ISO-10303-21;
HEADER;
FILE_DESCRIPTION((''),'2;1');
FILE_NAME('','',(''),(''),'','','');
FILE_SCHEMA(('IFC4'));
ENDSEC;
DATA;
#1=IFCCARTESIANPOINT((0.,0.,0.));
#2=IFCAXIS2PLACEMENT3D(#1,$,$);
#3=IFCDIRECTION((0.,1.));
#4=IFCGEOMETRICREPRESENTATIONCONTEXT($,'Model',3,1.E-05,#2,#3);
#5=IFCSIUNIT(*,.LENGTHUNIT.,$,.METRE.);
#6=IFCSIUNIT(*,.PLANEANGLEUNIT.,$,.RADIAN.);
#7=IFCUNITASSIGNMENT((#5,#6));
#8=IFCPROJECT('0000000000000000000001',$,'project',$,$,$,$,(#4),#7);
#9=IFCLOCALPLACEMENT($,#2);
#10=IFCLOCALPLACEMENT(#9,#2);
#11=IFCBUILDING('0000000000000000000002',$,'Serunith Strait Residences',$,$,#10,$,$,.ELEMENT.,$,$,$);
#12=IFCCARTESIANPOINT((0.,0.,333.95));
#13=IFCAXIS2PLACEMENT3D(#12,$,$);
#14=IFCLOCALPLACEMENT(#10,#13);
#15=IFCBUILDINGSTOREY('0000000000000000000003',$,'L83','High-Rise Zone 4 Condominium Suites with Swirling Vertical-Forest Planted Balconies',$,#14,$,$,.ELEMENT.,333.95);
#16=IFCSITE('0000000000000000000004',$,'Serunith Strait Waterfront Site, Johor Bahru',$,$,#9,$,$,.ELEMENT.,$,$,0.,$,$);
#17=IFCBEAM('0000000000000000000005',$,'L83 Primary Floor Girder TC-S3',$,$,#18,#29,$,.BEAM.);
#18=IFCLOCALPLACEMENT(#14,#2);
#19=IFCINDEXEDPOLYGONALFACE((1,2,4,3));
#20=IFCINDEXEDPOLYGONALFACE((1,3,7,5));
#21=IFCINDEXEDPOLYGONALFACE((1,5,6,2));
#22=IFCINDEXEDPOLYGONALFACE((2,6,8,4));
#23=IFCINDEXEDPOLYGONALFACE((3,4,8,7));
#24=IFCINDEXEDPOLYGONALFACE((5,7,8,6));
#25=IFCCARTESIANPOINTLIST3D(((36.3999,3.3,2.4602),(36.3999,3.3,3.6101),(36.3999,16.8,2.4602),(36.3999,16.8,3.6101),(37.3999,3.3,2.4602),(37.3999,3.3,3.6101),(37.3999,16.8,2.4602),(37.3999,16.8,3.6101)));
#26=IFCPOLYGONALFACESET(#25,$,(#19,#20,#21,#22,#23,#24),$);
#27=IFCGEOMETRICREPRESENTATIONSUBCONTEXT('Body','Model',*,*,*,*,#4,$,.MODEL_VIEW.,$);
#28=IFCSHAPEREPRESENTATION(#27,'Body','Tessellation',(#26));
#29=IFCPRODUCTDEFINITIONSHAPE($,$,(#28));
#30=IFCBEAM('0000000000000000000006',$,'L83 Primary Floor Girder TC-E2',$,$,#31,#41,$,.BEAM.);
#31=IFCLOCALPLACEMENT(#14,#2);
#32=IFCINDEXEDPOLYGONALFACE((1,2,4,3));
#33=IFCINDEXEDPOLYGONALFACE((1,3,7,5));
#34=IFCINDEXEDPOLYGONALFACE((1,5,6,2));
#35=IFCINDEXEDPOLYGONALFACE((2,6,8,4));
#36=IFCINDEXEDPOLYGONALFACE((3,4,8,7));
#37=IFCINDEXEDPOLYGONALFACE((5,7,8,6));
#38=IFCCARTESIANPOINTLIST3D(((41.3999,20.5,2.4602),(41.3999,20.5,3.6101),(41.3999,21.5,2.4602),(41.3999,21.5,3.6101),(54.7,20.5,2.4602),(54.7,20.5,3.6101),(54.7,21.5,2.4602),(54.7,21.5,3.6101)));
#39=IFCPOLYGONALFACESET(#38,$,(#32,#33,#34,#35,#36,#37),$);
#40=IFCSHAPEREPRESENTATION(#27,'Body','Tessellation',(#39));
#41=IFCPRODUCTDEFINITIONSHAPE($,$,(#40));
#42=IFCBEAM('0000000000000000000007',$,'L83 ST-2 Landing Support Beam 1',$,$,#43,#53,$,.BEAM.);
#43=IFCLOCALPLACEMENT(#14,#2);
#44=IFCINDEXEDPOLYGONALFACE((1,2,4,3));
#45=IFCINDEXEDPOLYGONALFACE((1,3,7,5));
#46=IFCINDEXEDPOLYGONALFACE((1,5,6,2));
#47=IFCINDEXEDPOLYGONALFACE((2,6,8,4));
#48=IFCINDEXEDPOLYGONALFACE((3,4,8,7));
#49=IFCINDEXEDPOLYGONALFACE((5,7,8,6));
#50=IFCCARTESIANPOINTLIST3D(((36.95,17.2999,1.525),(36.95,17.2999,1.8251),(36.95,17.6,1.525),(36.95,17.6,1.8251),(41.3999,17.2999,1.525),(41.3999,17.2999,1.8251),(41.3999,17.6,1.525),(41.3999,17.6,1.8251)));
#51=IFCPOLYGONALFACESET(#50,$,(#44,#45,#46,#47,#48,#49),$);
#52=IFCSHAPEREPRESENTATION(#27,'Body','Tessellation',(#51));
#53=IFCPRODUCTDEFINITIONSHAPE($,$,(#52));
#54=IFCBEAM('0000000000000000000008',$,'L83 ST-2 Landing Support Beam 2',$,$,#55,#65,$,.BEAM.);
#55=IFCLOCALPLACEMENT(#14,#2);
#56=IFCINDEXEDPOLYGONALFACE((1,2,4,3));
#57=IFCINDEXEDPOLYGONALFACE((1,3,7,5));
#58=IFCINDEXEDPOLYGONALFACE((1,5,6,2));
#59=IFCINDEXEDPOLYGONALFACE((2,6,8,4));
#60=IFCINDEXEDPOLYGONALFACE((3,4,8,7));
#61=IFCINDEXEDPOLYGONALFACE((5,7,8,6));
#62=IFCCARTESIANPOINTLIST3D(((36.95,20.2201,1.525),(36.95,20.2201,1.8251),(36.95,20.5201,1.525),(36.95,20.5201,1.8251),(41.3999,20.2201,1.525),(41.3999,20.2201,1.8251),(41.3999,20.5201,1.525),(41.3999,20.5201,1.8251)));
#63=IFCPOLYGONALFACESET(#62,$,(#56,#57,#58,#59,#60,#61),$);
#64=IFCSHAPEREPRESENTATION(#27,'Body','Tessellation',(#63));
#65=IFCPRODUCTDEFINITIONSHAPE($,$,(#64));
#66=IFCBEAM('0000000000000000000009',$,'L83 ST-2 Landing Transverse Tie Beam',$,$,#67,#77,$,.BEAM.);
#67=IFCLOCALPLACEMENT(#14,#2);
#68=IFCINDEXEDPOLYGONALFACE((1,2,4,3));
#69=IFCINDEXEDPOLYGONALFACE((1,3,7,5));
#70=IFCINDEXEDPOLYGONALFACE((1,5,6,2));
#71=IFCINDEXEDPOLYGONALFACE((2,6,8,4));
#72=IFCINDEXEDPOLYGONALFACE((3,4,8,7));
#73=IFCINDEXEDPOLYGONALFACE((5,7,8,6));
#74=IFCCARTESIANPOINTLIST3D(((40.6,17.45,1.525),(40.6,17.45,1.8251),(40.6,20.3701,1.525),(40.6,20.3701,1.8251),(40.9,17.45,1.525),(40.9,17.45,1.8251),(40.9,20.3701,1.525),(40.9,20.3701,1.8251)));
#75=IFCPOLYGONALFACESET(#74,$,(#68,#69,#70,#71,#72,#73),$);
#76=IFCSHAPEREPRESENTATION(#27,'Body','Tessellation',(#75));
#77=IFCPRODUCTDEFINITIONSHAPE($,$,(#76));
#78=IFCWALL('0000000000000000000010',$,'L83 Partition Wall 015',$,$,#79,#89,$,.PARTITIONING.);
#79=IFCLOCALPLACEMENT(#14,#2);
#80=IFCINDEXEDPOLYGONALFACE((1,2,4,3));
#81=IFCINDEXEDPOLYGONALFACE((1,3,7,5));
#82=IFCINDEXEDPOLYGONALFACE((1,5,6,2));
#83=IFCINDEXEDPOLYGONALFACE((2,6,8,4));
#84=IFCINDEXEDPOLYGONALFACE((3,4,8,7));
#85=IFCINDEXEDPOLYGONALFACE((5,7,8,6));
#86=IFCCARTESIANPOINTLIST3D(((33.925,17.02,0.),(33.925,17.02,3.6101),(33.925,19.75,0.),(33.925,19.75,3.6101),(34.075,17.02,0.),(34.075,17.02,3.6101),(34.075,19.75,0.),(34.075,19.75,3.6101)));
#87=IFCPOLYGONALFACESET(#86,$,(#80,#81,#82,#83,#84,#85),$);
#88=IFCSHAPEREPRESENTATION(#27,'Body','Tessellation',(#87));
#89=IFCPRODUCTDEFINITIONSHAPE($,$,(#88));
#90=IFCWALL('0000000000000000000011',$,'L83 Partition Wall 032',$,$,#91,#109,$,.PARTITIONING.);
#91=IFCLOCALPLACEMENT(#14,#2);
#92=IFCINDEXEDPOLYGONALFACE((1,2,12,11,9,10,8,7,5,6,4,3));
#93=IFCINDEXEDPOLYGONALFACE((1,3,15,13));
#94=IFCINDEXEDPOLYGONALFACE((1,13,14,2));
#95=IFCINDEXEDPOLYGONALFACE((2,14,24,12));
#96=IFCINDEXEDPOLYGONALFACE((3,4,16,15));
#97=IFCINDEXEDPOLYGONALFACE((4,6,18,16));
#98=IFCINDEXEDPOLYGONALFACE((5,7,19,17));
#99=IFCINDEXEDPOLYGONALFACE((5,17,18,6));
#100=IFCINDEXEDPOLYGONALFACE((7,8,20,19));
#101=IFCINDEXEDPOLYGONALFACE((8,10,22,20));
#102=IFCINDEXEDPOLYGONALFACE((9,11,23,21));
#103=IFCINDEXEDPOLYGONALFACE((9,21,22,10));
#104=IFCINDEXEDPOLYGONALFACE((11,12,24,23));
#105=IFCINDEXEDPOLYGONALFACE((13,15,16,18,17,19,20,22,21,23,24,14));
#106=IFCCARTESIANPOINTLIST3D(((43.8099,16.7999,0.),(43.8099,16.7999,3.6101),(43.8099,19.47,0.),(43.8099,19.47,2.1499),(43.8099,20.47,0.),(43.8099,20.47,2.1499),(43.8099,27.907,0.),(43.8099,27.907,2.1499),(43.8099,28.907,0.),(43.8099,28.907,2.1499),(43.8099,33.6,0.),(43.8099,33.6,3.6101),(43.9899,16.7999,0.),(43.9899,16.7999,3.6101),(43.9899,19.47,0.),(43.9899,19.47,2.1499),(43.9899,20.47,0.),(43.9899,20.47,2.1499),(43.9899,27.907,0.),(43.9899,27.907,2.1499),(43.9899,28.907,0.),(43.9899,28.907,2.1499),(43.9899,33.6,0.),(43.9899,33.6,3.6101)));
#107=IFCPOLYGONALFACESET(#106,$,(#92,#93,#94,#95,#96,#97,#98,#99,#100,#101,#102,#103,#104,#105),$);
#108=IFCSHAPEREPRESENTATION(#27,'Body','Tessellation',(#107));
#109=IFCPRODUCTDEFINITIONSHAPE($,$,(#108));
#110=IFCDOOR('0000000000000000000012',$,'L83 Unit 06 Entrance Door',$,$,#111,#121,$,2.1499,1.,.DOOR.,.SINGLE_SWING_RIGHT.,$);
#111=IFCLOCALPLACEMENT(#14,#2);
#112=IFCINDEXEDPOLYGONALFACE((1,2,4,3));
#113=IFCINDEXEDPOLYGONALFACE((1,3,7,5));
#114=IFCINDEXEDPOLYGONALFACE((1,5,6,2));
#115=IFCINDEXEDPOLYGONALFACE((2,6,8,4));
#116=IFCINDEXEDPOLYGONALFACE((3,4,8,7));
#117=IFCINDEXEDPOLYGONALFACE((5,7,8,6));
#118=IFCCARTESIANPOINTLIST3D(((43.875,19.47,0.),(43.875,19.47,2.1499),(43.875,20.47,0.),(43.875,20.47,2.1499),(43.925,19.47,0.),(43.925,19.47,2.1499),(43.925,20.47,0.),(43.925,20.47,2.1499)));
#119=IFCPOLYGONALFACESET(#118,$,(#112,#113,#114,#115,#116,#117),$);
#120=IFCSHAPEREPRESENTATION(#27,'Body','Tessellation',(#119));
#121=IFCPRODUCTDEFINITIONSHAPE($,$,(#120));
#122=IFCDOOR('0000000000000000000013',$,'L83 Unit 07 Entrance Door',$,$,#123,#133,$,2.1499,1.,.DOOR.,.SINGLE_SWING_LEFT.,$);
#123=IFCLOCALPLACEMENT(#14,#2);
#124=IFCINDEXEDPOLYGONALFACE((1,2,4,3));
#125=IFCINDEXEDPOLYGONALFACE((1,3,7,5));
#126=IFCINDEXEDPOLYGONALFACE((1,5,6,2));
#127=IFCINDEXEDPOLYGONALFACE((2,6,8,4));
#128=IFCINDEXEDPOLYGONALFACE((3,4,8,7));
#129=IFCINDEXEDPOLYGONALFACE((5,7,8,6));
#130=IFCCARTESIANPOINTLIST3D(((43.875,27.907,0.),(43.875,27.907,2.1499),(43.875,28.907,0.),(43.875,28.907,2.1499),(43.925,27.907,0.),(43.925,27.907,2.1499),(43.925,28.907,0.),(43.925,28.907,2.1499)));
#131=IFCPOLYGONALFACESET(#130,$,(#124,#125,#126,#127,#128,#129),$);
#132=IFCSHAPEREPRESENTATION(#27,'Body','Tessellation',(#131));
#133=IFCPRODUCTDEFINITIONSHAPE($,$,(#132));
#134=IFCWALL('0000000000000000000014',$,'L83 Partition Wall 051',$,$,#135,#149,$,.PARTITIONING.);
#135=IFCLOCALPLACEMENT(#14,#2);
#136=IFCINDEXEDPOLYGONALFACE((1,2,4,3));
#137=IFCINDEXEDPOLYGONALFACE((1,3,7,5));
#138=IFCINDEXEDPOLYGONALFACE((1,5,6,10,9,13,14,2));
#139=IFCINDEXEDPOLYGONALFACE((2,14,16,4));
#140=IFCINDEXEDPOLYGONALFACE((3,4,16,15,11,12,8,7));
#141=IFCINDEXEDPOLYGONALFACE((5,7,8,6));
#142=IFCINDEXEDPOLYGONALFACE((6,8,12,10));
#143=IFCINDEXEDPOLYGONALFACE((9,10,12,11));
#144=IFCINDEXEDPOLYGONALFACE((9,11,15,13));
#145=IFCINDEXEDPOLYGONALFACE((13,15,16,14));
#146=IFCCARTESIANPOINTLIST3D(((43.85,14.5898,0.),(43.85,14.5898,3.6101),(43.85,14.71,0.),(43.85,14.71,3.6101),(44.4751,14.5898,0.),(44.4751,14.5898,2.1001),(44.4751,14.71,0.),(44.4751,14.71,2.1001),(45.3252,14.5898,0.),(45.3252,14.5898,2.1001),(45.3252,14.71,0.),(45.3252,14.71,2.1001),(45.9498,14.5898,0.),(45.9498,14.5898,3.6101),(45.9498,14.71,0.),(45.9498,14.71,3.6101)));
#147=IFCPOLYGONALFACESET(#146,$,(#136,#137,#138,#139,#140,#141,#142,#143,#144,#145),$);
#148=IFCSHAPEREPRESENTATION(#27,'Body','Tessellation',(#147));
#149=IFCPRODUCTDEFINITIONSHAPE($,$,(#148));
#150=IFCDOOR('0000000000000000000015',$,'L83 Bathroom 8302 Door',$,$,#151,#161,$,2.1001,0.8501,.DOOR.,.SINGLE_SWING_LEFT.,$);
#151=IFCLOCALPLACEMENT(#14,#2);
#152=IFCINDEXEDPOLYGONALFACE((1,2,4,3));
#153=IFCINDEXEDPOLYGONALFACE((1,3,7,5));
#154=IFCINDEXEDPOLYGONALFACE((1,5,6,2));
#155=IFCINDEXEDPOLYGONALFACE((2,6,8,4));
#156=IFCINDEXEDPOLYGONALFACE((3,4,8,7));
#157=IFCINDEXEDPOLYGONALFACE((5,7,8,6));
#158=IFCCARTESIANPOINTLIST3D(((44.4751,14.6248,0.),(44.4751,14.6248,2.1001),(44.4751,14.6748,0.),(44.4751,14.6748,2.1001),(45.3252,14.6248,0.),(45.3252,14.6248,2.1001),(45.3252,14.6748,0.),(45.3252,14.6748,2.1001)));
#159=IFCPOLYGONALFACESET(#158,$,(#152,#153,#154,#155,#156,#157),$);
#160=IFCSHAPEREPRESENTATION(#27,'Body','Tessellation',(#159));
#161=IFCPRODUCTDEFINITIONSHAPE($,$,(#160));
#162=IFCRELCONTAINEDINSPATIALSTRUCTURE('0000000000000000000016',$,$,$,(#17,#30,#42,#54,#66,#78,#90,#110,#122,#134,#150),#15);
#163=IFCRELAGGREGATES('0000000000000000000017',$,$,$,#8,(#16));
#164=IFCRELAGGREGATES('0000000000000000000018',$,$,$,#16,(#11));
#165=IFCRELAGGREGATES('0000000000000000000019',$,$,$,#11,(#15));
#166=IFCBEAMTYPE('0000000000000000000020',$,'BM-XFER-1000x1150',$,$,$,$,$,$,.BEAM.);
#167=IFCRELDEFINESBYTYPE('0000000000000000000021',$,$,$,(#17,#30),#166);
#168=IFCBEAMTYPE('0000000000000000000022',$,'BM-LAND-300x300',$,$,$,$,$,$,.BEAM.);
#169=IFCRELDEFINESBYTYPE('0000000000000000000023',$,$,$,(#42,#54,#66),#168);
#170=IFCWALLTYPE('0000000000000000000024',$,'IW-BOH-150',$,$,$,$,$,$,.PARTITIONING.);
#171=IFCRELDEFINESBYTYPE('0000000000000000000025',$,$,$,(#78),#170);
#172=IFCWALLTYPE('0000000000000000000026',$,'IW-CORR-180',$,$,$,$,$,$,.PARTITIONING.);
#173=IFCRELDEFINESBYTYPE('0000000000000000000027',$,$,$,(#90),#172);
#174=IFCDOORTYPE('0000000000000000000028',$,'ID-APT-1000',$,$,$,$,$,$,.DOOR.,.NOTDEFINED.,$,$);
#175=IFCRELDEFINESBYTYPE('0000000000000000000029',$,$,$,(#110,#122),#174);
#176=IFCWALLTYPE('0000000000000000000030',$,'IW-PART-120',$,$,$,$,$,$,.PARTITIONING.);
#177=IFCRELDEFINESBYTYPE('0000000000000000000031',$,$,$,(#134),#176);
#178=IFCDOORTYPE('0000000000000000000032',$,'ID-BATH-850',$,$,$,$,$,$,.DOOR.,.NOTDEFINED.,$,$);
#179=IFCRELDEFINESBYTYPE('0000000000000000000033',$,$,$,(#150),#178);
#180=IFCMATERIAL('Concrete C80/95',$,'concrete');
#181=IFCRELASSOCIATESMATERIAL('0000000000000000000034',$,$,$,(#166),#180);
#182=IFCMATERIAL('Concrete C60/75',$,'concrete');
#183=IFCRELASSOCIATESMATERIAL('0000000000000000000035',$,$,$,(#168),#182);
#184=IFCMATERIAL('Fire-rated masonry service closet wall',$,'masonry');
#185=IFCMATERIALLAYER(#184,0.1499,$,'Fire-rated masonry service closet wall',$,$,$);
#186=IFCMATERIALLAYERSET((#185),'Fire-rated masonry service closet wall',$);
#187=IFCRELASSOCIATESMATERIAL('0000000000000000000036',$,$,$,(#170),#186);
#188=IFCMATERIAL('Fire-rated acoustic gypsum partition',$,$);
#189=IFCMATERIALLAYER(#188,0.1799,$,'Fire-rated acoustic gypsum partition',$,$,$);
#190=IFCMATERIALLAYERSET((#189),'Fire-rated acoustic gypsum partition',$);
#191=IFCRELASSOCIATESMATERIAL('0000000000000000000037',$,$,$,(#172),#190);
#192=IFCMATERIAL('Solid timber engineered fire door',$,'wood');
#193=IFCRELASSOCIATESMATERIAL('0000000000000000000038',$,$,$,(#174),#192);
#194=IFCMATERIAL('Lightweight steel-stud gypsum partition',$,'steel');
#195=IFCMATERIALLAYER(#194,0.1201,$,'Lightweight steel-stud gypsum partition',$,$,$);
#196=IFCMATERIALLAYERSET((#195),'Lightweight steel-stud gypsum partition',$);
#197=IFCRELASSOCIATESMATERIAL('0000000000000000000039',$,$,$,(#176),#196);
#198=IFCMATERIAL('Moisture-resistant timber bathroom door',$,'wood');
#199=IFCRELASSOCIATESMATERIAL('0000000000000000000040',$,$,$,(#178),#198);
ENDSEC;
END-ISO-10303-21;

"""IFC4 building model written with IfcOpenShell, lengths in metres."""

from ifc_helpers import new_model, si_unit, direction, frame, frame_2d, origin, origin_2d, place, context, subcontext, project, spatial, rectangle, extrude, source, transform, mapped, material, layer, layer_set, material_profile, profile_set, type_object, element, fill, save


model = new_model("IFC4")

# Units and contexts
model_context = context("Model", 3, precision=1e-05, world=origin(), true_north=direction((0.0, 1.0)))
body_context = subcontext(model_context, "Body", "Model", "MODEL_VIEW")
ifc_project = project(units=[si_unit("LENGTHUNIT", "METRE"), si_unit("PLANEANGLEUNIT", "RADIAN")], contexts=[model_context])

# Site, building, storey
site_placement = place(None, origin())
site = spatial("IfcSite", under=ifc_project, at=site_placement, Name="Serunith Strait Waterfront Site, Johor Bahru", CompositionType="ELEMENT", RefElevation=0.0)
building_placement = place(site_placement, origin())
building = spatial("IfcBuilding", under=site, at=building_placement, Name="Serunith Strait Residences", CompositionType="ELEMENT")
storey_placement = place(building_placement, frame((0.0, 0.0, 333.95)))
storey = spatial("IfcBuildingStorey", under=building, at=storey_placement, Name="L83", Description="High-Rise Zone 4 Condominium Suites with Swirling Vertical-Forest Planted Balconies", CompositionType="ELEMENT", Elevation=333.95)

# Beams
ifc_material_1 = material(Name="Concrete C80/95", Category="concrete")
ifc_material_profile_1 = material_profile(ifc_material_1, rectangle(XDim=1.0, YDim=1.1499, at=origin_2d()), Name="RC 1000x1150")
ifc_profile_set_1 = profile_set([ifc_material_profile_1], Name="Concrete C80/95")
beam_type_1 = type_object("IfcBeamType", Name="BM-XFER-1000x1150", PredefinedType="BEAM", material=ifc_profile_set_1)
shared_shape_1 = source(origin(), body_context, "Body", "SweptSolid", [
    extrude(rectangle(XDim=1.0, YDim=1.1499, at=origin_2d()), origin(), (0.0, 0.0, 1.0), 13.5),
])
beam_1_placement = place(storey_placement, frame((36.8999, 16.8, 3.0352), z_axis=(0.0, -1.0, 0.0), x_axis=(1.0, 0.0, 0.0)))
element("IfcBeam", 1, at=beam_1_placement, inside=storey, type_object=beam_type_1, Name="L83 Primary Floor Girder TC-S3", PredefinedType="BEAM", context=body_context, shape_type="MappedRepresentation", body=[
    mapped(shared_shape_1, transform((0.0, 0.0, 0.0), scale=1.0)),
])
shared_shape_2 = source(origin(), body_context, "Body", "SweptSolid", [
    extrude(rectangle(XDim=1.0, YDim=1.1499, at=origin_2d()), origin(), (0.0, 0.0, 1.0), 13.3),
])
beam_2_placement = place(storey_placement, frame((41.3999, 21.0, 3.0352), z_axis=(1.0, 0.0, 0.0), x_axis=(0.0, 1.0, 0.0)))
element("IfcBeam", 2, at=beam_2_placement, inside=storey, type_object=beam_type_1, Name="L83 Primary Floor Girder TC-E2", PredefinedType="BEAM", context=body_context, shape_type="MappedRepresentation", body=[
    mapped(shared_shape_2, transform((0.0, 0.0, 0.0), scale=1.0)),
])
ifc_material_2 = material(Name="Concrete C60/75", Category="concrete")
ifc_material_profile_2 = material_profile(ifc_material_2, rectangle(XDim=0.3, YDim=0.3, at=origin_2d()), Name="RC 300x300")
ifc_profile_set_2 = profile_set([ifc_material_profile_2], Name="Concrete C60/75")
beam_type_2 = type_object("IfcBeamType", Name="BM-LAND-300x300", PredefinedType="BEAM", material=ifc_profile_set_2)
shared_shape_3 = source(origin(), body_context, "Body", "SweptSolid", [
    extrude(rectangle(XDim=0.3, YDim=0.3, at=origin_2d()), origin(), (0.0, 0.0, 1.0), 4.45),
])
for number, where, z_axis, x_axis, name in (
    (3, (36.95, 17.45, 1.675), (1.0, 0.0, 0.0), (0.0, 1.0, 0.0), "L83 ST-2 Landing Support Beam 1"),
    (4, (36.95, 20.3701, 1.675), (1.0, 0.0, 0.0), (0.0, 1.0, 0.0), "L83 ST-2 Landing Support Beam 2"),
):
    element("IfcBeam", number, at=place(storey_placement, frame(where, z_axis=z_axis, x_axis=x_axis)), inside=storey, type_object=beam_type_2, Name=name, PredefinedType="BEAM", context=body_context, shape_type="MappedRepresentation", body=[
        mapped(shared_shape_3, transform((0.0, 0.0, 0.0), scale=1.0)),
    ])
shared_shape_4 = source(origin(), body_context, "Body", "SweptSolid", [
    extrude(rectangle(XDim=0.3, YDim=0.3, at=origin_2d()), origin(), (0.0, 0.0, 1.0), 2.9202),
])
beam_3_placement = place(storey_placement, frame((40.75, 17.45, 1.675), z_axis=(0.0, 1.0, 0.0), x_axis=(-1.0, 0.0, 0.0)))
element("IfcBeam", 5, at=beam_3_placement, inside=storey, type_object=beam_type_2, Name="L83 ST-2 Landing Transverse Tie Beam", PredefinedType="BEAM", context=body_context, shape_type="MappedRepresentation", body=[
    mapped(shared_shape_4, transform((0.0, 0.0, 0.0), scale=1.0)),
])

# Wall
ifc_material_3 = material(Name="Fire-rated masonry service closet wall", Category="masonry")
ifc_layer_1 = layer(ifc_material_3, 0.1499, Name="Fire-rated masonry service closet wall")
ifc_layer_set_1 = layer_set([ifc_layer_1], Name="Fire-rated masonry service closet wall")
wall_type_1 = type_object("IfcWallType", Name="IW-BOH-150", PredefinedType="PARTITIONING", material=ifc_layer_set_1)
wall_1_placement = place(storey_placement, frame((34.0, 17.02, 0.0), z_axis=(0.0, 0.0, 1.0), x_axis=(0.0, 1.0, 0.0)))
element("IfcWall", 6, at=wall_1_placement, inside=storey, type_object=wall_type_1, Name="L83 Partition Wall 015", PredefinedType="PARTITIONING", context=body_context, shape_type="SweptSolid", body=[
    extrude(rectangle(XDim=2.73, YDim=0.1499, at=frame_2d((1.365, 0.0))), origin(), (0.0, 0.0, 1.0), 3.6101),
])

# Shared definitions
ifc_material_4 = material(Name="Fire-rated acoustic gypsum partition")
ifc_layer_2 = layer(ifc_material_4, 0.1799, Name="Fire-rated acoustic gypsum partition")
ifc_layer_set_2 = layer_set([ifc_layer_2], Name="Fire-rated acoustic gypsum partition")
wall_type_2 = type_object("IfcWallType", Name="IW-CORR-180", PredefinedType="PARTITIONING", material=ifc_layer_set_2)
ifc_material_5 = material(Name="Solid timber engineered fire door", Category="wood")
door_type_1 = type_object("IfcDoorType", Name="ID-APT-1000", OperationType="NOTDEFINED", PredefinedType="DOOR", material=ifc_material_5)
shared_shape_5 = source(origin(), body_context, "Body", "SweptSolid", [
    extrude(rectangle(XDim=1.0, YDim=2.1499, at=frame_2d((0.5, 1.075))), frame((0.0, 0.0249, 0.0), z_axis=(0.0, -1.0, 0.0), x_axis=(1.0, 0.0, 0.0)), (0.0, 0.0, 1.0), 0.05),
])

# Wall, openings, doors
wall_2_placement = place(storey_placement, frame((43.8999, 16.8, 0.0), z_axis=(0.0, 0.0, 1.0), x_axis=(0.0, 1.0, 0.0)))
wall_2 = element("IfcWall", 7, at=wall_2_placement, inside=storey, type_object=wall_type_2, Name="L83 Partition Wall 032", PredefinedType="PARTITIONING", context=body_context, shape_type="SweptSolid", body=[
    extrude(rectangle(XDim=16.8, YDim=0.1799, at=frame_2d((8.3999, 0.0))), origin(), (0.0, 0.0, 1.0), 3.6101),
])
opening_1_placement = place(wall_2_placement, frame((2.6699, 0.0, 0.0)))
opening_1 = element("IfcOpeningElement", 8, at=opening_1_placement, cuts=wall_2, PredefinedType="OPENING", context=body_context, shape_type="SweptSolid", body=[
    extrude(rectangle(XDim=1.0, YDim=2.1499, at=frame_2d((0.5, 1.075))), frame((0.0, 0.1001, 0.0), z_axis=(0.0, -1.0, 0.0), x_axis=(1.0, 0.0, 0.0)), (0.0, 0.0, 1.0), 0.2),
])
opening_2_placement = place(wall_2_placement, frame((11.1069, 0.0, 0.0)))
opening_2 = element("IfcOpeningElement", 9, at=opening_2_placement, cuts=wall_2, PredefinedType="OPENING", context=body_context, shape_type="SweptSolid", body=[
    extrude(rectangle(XDim=1.0, YDim=2.1499, at=frame_2d((0.5, 1.075))), frame((0.0, 0.1001, 0.0), z_axis=(0.0, -1.0, 0.0), x_axis=(1.0, 0.0, 0.0)), (0.0, 0.0, 1.0), 0.2),
])
door_1_placement = place(opening_1_placement, origin())
door_1 = element("IfcDoor", 10, at=door_1_placement, inside=storey, type_object=door_type_1, Name="L83 Unit 06 Entrance Door", OperationType="SINGLE_SWING_RIGHT", OverallHeight=2.1499, OverallWidth=1.0, PredefinedType="DOOR", context=body_context, shape_type="MappedRepresentation", body=[
    mapped(shared_shape_5, transform((0.0, 0.0, 0.0), scale=1.0)),
])
fill(opening_1, door_1)
door_2_placement = place(opening_2_placement, origin())
door_2 = element("IfcDoor", 11, at=door_2_placement, inside=storey, type_object=door_type_1, Name="L83 Unit 07 Entrance Door", OperationType="SINGLE_SWING_LEFT", OverallHeight=2.1499, OverallWidth=1.0, PredefinedType="DOOR", context=body_context, shape_type="MappedRepresentation", body=[
    mapped(shared_shape_5, transform((0.0, 0.0, 0.0), scale=1.0)),
])
fill(opening_2, door_2)

# Wall, opening, door
ifc_material_6 = material(Name="Lightweight steel-stud gypsum partition", Category="steel")
ifc_layer_3 = layer(ifc_material_6, 0.1201, Name="Lightweight steel-stud gypsum partition")
ifc_layer_set_3 = layer_set([ifc_layer_3], Name="Lightweight steel-stud gypsum partition")
wall_type_3 = type_object("IfcWallType", Name="IW-PART-120", PredefinedType="PARTITIONING", material=ifc_layer_set_3)
wall_3_placement = place(storey_placement, frame((43.8501, 14.6499, 0.0), z_axis=(0.0, 0.0, 1.0), x_axis=(1.0, 0.0, 0.0)))
wall_3 = element("IfcWall", 12, at=wall_3_placement, inside=storey, type_object=wall_type_3, Name="L83 Partition Wall 051", PredefinedType="PARTITIONING", context=body_context, shape_type="SweptSolid", body=[
    extrude(rectangle(XDim=2.0999, YDim=0.1201, at=frame_2d((1.0498, 0.0))), origin(), (0.0, 0.0, 1.0), 3.6101),
])
opening_3_placement = place(wall_3_placement, frame((0.625, 0.0, 0.0)))
opening_3 = element("IfcOpeningElement", 13, at=opening_3_placement, cuts=wall_3, PredefinedType="OPENING", context=body_context, shape_type="SweptSolid", body=[
    extrude(rectangle(XDim=0.8501, YDim=2.1001, at=frame_2d((0.425, 1.05))), frame((0.0, 0.0701, 0.0), z_axis=(0.0, -1.0, 0.0), x_axis=(1.0, 0.0, 0.0)), (0.0, 0.0, 1.0), 0.1401),
])
ifc_material_7 = material(Name="Moisture-resistant timber bathroom door", Category="wood")
door_type_2 = type_object("IfcDoorType", Name="ID-BATH-850", OperationType="NOTDEFINED", PredefinedType="DOOR", material=ifc_material_7)
shared_shape_6 = source(origin(), body_context, "Body", "SweptSolid", [
    extrude(rectangle(XDim=0.8501, YDim=2.1001, at=frame_2d((0.425, 1.05))), frame((0.0, 0.0249, 0.0), z_axis=(0.0, -1.0, 0.0), x_axis=(1.0, 0.0, 0.0)), (0.0, 0.0, 1.0), 0.05),
])
door_3_placement = place(opening_3_placement, origin())
door_3 = element("IfcDoor", 14, at=door_3_placement, inside=storey, type_object=door_type_2, Name="L83 Bathroom 8302 Door", OperationType="SINGLE_SWING_LEFT", OverallHeight=2.1001, OverallWidth=0.8501, PredefinedType="DOOR", context=body_context, shape_type="MappedRepresentation", body=[
    mapped(shared_shape_6, transform((0.0, 0.0, 0.0), scale=1.0)),
])
fill(opening_3, door_3)

save(model, "model.ifc")
